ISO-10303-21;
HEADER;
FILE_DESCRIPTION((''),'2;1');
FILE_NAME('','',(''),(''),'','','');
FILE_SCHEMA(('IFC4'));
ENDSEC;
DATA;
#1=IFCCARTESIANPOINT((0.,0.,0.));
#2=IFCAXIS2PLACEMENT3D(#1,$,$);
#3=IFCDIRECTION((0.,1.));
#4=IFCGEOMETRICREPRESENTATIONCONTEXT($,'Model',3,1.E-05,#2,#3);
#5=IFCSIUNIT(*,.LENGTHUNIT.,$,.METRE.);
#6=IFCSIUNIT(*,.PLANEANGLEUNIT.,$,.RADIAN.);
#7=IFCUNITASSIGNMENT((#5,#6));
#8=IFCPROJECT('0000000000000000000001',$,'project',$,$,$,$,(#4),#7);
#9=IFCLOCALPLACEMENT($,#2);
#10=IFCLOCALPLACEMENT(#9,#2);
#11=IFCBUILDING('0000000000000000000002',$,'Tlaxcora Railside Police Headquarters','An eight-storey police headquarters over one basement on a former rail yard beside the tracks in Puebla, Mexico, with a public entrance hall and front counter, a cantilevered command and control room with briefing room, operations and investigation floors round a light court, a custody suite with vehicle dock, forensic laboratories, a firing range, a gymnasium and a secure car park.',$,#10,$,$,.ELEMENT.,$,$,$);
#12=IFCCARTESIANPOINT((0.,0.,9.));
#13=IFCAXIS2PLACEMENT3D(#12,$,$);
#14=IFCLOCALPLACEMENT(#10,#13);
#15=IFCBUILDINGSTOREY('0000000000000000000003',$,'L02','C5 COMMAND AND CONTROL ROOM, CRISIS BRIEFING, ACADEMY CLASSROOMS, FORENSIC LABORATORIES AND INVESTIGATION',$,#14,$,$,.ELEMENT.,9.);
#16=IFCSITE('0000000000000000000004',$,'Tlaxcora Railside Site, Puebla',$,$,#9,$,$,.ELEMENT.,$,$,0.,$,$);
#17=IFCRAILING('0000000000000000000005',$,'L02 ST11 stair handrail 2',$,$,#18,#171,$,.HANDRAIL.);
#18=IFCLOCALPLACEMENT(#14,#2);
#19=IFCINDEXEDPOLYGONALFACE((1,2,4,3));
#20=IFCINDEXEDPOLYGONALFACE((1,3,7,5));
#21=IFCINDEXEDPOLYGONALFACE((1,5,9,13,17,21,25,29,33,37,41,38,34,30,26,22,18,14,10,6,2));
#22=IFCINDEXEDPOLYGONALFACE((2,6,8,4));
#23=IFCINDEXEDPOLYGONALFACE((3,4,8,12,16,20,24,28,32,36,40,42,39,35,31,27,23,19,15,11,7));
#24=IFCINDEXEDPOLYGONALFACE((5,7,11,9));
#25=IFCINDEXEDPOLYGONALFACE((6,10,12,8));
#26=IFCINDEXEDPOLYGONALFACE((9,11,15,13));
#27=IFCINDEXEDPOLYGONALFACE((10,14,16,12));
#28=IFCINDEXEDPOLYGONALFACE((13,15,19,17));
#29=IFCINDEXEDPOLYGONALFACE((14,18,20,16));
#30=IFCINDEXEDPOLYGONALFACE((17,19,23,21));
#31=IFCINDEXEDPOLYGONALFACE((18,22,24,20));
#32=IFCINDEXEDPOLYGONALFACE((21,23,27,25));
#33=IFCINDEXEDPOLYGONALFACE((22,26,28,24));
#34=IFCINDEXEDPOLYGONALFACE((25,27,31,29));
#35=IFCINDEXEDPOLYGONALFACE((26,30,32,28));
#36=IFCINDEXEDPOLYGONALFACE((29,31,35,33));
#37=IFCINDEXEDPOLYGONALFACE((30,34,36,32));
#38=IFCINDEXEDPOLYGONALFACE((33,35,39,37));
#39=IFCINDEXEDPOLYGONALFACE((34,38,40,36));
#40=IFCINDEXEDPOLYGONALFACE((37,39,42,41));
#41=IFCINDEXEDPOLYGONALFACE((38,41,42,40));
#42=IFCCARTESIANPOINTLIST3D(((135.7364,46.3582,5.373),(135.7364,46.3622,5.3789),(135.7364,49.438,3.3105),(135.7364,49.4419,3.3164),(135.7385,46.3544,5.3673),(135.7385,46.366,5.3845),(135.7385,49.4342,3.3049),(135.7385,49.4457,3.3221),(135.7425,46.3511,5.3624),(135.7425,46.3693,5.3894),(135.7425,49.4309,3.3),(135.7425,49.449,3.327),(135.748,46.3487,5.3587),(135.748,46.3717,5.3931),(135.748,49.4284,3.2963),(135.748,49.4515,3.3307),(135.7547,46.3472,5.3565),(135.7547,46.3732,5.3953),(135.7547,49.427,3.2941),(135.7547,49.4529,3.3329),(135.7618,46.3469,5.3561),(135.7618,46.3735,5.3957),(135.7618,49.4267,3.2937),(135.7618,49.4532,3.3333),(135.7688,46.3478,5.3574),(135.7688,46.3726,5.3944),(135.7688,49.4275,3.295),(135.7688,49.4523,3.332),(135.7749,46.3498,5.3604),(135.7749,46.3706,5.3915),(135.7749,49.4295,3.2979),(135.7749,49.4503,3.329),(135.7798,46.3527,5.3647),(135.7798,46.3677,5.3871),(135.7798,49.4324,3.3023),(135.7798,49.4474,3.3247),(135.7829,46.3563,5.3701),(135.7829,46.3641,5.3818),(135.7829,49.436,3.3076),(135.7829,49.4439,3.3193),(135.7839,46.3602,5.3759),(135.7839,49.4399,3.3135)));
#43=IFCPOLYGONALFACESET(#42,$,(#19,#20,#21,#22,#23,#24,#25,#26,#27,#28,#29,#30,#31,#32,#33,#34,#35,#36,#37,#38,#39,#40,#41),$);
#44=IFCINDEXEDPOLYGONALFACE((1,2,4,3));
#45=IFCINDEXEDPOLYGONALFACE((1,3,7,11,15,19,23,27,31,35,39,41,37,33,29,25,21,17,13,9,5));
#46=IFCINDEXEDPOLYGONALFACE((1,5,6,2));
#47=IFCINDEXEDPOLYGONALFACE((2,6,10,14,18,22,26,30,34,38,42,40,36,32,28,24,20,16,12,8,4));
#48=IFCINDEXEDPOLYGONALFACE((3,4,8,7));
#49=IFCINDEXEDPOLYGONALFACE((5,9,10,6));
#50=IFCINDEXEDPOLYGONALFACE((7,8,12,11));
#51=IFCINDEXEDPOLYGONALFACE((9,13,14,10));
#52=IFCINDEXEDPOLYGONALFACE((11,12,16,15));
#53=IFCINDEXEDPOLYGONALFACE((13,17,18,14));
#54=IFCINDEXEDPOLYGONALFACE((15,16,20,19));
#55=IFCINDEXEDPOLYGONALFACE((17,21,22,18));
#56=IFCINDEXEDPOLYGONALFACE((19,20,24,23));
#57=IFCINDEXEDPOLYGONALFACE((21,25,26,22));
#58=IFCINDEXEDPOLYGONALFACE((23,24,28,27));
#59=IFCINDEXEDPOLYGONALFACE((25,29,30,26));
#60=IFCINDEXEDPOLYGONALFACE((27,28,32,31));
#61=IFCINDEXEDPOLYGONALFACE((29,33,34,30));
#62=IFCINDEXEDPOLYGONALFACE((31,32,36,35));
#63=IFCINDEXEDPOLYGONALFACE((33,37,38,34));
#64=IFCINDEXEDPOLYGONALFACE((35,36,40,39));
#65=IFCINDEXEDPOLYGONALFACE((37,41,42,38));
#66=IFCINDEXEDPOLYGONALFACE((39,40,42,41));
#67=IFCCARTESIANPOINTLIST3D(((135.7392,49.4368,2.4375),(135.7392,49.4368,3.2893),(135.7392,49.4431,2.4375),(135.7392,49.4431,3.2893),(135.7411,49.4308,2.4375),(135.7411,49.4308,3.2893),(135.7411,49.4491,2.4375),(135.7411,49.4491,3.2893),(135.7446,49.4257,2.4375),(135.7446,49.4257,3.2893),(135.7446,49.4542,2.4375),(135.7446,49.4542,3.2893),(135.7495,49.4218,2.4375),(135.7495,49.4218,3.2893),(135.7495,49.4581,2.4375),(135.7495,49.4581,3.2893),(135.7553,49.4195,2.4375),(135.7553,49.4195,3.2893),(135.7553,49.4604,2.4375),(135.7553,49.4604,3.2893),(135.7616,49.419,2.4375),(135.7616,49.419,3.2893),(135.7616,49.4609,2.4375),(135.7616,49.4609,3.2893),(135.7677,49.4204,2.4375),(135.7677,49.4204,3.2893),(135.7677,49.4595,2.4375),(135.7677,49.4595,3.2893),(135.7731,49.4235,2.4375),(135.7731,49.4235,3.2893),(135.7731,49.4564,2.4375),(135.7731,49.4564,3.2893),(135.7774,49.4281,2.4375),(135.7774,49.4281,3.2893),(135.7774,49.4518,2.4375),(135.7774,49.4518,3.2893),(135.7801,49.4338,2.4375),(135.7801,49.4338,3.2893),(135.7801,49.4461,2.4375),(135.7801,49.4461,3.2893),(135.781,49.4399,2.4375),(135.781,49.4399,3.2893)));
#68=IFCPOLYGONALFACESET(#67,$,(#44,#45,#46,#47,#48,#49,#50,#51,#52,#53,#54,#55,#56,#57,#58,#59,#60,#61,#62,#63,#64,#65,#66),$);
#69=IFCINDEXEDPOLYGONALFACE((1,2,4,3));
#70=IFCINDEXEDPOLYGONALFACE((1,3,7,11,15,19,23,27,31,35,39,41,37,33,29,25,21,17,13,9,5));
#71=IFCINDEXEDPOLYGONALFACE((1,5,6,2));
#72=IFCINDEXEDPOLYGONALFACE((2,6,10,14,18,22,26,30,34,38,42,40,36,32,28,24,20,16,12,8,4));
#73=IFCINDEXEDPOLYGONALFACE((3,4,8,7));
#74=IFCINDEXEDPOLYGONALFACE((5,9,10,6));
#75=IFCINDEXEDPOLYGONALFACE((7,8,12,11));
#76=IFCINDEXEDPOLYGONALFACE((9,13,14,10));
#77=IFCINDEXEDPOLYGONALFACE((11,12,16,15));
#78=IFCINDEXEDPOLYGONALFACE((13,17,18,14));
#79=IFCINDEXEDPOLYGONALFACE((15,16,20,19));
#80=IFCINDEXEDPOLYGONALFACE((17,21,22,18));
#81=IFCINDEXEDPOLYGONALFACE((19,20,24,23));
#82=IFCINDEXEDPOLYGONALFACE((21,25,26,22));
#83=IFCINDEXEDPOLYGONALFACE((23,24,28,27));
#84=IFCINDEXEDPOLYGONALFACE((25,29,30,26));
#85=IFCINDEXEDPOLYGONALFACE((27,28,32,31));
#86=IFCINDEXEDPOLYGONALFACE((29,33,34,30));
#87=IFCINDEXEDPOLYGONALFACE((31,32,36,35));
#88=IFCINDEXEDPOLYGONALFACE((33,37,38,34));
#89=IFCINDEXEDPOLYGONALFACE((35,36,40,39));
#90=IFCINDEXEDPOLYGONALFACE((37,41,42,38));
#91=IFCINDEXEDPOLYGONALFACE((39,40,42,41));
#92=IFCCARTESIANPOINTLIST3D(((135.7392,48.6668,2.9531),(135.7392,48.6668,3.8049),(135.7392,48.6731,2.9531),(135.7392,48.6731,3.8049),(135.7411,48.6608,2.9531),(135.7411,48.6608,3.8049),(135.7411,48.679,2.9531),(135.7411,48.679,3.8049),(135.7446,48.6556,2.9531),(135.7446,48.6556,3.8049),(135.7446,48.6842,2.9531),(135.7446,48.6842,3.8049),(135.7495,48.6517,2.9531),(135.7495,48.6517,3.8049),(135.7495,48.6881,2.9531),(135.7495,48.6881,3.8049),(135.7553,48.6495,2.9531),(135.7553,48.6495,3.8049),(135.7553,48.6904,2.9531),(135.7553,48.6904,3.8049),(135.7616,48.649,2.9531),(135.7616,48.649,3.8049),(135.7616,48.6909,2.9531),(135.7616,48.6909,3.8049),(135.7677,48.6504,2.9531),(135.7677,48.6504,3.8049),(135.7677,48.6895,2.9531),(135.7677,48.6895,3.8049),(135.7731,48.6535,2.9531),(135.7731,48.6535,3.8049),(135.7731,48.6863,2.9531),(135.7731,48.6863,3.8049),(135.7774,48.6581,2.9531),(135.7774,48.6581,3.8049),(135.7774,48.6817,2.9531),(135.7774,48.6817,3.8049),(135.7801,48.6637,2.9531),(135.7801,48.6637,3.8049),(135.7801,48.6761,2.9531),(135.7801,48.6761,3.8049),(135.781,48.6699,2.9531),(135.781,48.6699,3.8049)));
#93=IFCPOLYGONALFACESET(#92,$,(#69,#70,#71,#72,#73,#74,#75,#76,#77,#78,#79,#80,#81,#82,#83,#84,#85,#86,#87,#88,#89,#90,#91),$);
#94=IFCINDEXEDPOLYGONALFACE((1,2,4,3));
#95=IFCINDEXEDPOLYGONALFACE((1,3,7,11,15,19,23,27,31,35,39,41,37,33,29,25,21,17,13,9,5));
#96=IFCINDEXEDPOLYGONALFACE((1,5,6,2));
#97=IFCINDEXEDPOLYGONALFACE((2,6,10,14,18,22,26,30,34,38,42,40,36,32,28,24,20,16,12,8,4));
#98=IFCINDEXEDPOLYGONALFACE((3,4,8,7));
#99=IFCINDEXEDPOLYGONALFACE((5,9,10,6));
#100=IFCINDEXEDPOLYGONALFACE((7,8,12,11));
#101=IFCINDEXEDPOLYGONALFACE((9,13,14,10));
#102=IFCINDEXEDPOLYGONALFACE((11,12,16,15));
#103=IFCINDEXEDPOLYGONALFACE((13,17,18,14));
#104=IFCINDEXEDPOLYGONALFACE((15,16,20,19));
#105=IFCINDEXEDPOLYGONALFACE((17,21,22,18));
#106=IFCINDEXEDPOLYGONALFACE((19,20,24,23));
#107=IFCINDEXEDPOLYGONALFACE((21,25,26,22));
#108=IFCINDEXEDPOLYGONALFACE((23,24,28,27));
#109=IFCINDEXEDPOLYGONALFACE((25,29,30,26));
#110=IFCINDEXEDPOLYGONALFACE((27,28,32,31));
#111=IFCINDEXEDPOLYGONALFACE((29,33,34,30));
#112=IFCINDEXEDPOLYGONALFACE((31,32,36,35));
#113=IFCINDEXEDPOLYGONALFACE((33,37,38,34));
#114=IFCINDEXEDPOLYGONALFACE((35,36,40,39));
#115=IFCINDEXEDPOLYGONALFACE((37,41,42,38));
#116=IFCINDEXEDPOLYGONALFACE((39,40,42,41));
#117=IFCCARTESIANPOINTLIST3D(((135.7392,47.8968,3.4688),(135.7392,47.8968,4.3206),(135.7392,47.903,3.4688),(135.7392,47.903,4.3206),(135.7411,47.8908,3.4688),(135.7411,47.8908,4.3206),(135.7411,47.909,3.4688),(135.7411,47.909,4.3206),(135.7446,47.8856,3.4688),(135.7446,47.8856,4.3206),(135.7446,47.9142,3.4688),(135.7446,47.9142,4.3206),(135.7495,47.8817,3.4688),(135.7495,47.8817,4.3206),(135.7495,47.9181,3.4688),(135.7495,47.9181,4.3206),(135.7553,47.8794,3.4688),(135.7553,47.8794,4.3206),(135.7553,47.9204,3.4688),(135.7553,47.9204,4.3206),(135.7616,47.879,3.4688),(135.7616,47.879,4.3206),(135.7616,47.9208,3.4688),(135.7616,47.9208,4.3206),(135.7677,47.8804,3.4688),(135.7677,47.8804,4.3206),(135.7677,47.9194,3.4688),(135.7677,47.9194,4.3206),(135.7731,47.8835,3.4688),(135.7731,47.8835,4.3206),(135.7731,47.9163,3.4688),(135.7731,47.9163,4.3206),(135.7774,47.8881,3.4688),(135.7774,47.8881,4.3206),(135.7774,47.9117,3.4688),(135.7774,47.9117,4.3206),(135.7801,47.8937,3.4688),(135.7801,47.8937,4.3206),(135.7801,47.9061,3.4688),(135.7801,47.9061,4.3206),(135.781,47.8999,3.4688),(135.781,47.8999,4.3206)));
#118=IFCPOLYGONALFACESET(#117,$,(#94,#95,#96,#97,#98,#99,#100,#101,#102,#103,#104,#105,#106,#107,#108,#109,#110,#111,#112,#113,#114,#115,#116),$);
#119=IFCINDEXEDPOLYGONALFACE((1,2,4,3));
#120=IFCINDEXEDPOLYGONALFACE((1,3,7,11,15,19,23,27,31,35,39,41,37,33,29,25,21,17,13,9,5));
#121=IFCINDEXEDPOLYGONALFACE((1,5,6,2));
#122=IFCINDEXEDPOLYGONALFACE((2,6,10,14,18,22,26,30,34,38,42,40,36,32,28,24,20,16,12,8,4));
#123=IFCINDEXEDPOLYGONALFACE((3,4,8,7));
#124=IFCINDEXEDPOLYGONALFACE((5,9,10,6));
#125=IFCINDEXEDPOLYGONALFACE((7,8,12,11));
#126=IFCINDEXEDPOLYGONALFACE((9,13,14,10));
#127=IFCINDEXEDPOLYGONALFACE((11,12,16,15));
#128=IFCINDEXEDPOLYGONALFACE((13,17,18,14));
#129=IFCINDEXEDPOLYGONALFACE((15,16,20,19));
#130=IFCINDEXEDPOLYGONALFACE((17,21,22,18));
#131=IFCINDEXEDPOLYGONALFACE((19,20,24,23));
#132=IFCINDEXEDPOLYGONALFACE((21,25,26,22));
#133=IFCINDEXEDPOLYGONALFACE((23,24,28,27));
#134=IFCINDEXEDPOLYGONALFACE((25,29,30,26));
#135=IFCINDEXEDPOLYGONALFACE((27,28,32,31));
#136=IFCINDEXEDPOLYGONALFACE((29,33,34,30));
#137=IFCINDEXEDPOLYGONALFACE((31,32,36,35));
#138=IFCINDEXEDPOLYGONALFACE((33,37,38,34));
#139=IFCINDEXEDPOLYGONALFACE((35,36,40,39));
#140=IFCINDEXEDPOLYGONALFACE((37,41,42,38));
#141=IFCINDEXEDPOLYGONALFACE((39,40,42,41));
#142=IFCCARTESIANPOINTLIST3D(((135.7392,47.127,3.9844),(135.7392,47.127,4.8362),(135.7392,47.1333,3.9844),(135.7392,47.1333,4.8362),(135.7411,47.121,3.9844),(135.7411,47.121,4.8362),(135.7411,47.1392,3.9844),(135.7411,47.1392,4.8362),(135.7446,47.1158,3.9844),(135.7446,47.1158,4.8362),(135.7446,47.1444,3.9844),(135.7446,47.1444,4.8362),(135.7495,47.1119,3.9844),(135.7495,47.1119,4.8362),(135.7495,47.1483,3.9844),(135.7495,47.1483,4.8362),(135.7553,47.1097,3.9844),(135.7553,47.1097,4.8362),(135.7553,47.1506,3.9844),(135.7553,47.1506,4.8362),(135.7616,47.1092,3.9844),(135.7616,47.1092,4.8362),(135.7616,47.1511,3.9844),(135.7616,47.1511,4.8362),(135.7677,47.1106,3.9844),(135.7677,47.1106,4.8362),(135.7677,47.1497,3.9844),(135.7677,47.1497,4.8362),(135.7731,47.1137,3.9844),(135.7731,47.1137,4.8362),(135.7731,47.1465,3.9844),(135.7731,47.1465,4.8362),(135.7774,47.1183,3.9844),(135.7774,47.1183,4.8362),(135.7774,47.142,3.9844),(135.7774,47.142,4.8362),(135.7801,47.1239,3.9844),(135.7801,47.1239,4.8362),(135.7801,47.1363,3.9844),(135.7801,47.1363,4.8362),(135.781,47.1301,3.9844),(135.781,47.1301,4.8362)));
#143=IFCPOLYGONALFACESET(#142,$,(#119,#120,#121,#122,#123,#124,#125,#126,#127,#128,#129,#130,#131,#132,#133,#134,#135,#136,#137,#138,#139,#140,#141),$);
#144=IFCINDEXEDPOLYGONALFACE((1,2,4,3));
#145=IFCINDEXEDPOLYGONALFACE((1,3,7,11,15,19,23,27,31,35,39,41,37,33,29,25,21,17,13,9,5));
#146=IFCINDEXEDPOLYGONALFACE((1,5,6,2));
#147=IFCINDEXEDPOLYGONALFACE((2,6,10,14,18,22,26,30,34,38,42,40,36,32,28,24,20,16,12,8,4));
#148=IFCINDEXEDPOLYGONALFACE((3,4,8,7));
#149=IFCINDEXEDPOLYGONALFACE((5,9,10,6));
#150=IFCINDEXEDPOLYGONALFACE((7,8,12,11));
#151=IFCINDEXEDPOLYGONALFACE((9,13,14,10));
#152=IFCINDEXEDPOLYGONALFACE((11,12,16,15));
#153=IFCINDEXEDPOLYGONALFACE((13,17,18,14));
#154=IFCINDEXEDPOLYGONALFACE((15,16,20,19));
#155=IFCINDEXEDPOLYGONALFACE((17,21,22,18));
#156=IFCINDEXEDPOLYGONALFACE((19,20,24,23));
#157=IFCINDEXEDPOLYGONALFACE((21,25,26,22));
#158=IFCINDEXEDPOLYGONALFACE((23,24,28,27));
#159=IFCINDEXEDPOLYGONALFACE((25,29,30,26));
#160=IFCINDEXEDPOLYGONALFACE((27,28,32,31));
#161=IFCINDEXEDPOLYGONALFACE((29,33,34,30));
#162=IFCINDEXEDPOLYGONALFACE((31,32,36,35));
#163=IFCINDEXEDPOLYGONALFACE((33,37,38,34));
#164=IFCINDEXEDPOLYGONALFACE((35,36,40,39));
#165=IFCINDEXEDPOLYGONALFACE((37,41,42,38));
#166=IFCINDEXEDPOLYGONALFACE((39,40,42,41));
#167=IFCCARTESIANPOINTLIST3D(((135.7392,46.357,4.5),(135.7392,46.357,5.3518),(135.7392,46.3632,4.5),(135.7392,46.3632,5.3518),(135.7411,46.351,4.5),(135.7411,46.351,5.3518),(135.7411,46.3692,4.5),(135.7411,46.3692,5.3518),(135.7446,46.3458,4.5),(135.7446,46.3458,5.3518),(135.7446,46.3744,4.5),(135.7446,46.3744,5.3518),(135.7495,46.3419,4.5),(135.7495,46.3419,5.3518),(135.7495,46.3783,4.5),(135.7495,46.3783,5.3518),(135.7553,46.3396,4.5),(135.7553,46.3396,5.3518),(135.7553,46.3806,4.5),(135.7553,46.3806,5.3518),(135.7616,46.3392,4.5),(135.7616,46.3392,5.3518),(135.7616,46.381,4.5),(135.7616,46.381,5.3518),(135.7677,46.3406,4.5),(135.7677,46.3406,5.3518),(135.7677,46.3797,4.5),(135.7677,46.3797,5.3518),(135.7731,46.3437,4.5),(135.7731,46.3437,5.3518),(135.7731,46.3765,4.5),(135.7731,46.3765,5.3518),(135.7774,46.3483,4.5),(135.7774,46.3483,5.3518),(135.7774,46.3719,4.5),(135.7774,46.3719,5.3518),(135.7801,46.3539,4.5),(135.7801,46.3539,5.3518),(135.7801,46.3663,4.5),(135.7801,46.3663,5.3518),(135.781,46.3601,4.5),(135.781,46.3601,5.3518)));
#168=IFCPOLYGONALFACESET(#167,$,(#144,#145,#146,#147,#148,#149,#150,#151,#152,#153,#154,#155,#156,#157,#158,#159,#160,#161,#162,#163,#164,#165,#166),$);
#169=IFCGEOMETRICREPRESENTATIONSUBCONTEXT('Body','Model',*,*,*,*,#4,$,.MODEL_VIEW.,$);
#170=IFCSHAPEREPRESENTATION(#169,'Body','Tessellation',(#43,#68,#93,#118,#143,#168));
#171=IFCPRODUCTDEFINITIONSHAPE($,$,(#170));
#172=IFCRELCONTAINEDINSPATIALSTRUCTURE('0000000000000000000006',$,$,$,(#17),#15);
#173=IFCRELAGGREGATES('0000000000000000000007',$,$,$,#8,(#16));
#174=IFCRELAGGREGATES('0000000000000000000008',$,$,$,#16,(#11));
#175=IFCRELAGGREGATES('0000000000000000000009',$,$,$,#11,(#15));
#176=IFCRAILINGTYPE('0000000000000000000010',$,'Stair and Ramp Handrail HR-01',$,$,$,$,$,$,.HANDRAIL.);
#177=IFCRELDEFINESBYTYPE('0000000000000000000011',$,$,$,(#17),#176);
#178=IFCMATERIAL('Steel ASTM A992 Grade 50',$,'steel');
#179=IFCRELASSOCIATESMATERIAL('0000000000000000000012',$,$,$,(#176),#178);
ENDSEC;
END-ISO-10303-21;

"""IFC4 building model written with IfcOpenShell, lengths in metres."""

from ifc_helpers import new_model, si_unit, direction, frame, origin, origin_2d, place, context, subcontext, project, spatial, circle, extrude, material, type_object, element, save


model = new_model("IFC4")

# Units and contexts
model_context = context("Model", 3, precision=1e-05, world=origin(), true_north=direction((0.0, 1.0)))
body_context = subcontext(model_context, "Body", "Model", "MODEL_VIEW")
ifc_project = project(units=[si_unit("LENGTHUNIT", "METRE"), si_unit("PLANEANGLEUNIT", "RADIAN")], contexts=[model_context])

# Site, building, storey
site_placement = place(None, origin())
site = spatial("IfcSite", under=ifc_project, at=site_placement, Name="Tlaxcora Railside Site, Puebla", CompositionType="ELEMENT", RefElevation=0.0)
building_placement = place(site_placement, origin())
building = spatial("IfcBuilding", under=site, at=building_placement, Name="Tlaxcora Railside Police Headquarters", Description="An eight-storey police headquarters over one basement on a former rail yard beside the tracks in Puebla, Mexico, with a public entrance hall and front counter, a cantilevered command and control room with briefing room, operations and investigation floors round a light court, a custody suite with vehicle dock, forensic laboratories, a firing range, a gymnasium and a secure car park.", CompositionType="ELEMENT")
storey_placement = place(building_placement, frame((0.0, 0.0, 9.0)))
storey = spatial("IfcBuildingStorey", under=building, at=storey_placement, Name="L02", Description="C5 COMMAND AND CONTROL ROOM, CRISIS BRIEFING, ACADEMY CLASSROOMS, FORENSIC LABORATORIES AND INVESTIGATION", CompositionType="ELEMENT", Elevation=9.0)

# Shared definitions
ifc_material_1 = material(Name="Steel ASTM A992 Grade 50", Category="steel")

# Railing
railing_type = type_object("IfcRailingType", Name="Stair and Ramp Handrail HR-01", PredefinedType="HANDRAIL", material=ifc_material_1)
railing_placement = place(storey_placement, frame((135.76, 49.4399, 2.4375)))
element("IfcRailing", 1, at=railing_placement, inside=storey, type_object=railing_type, Name="L02 ST11 stair handrail 2", PredefinedType="HANDRAIL", context=body_context, shape_type="SweptSolid", body=[
    extrude(circle(Radius=0.0239, at=origin_2d()), frame((0.0, 0.0, 0.876), z_axis=(0.0, -0.830893, 0.556432), x_axis=(1.0, 0.0, 0.0)), (0.0, 0.0, 1.0), 3.7065),
    extrude(circle(Radius=0.021, at=origin_2d()), origin(), (0.0, 0.0, 1.0), 0.8518),
    extrude(circle(Radius=0.021, at=origin_2d()), frame((0.0, -0.77, 0.5156)), (0.0, 0.0, 1.0), 0.8518),
    extrude(circle(Radius=0.021, at=origin_2d()), frame((0.0, -1.54, 1.0312)), (0.0, 0.0, 1.0), 0.8518),
    extrude(circle(Radius=0.021, at=origin_2d()), frame((0.0, -2.3098, 1.5469)), (0.0, 0.0, 1.0), 0.8518),
    extrude(circle(Radius=0.021, at=origin_2d()), frame((0.0, -3.0798, 2.0625)), (0.0, 0.0, 1.0), 0.8518),
])

save(model, "model.ifc")
